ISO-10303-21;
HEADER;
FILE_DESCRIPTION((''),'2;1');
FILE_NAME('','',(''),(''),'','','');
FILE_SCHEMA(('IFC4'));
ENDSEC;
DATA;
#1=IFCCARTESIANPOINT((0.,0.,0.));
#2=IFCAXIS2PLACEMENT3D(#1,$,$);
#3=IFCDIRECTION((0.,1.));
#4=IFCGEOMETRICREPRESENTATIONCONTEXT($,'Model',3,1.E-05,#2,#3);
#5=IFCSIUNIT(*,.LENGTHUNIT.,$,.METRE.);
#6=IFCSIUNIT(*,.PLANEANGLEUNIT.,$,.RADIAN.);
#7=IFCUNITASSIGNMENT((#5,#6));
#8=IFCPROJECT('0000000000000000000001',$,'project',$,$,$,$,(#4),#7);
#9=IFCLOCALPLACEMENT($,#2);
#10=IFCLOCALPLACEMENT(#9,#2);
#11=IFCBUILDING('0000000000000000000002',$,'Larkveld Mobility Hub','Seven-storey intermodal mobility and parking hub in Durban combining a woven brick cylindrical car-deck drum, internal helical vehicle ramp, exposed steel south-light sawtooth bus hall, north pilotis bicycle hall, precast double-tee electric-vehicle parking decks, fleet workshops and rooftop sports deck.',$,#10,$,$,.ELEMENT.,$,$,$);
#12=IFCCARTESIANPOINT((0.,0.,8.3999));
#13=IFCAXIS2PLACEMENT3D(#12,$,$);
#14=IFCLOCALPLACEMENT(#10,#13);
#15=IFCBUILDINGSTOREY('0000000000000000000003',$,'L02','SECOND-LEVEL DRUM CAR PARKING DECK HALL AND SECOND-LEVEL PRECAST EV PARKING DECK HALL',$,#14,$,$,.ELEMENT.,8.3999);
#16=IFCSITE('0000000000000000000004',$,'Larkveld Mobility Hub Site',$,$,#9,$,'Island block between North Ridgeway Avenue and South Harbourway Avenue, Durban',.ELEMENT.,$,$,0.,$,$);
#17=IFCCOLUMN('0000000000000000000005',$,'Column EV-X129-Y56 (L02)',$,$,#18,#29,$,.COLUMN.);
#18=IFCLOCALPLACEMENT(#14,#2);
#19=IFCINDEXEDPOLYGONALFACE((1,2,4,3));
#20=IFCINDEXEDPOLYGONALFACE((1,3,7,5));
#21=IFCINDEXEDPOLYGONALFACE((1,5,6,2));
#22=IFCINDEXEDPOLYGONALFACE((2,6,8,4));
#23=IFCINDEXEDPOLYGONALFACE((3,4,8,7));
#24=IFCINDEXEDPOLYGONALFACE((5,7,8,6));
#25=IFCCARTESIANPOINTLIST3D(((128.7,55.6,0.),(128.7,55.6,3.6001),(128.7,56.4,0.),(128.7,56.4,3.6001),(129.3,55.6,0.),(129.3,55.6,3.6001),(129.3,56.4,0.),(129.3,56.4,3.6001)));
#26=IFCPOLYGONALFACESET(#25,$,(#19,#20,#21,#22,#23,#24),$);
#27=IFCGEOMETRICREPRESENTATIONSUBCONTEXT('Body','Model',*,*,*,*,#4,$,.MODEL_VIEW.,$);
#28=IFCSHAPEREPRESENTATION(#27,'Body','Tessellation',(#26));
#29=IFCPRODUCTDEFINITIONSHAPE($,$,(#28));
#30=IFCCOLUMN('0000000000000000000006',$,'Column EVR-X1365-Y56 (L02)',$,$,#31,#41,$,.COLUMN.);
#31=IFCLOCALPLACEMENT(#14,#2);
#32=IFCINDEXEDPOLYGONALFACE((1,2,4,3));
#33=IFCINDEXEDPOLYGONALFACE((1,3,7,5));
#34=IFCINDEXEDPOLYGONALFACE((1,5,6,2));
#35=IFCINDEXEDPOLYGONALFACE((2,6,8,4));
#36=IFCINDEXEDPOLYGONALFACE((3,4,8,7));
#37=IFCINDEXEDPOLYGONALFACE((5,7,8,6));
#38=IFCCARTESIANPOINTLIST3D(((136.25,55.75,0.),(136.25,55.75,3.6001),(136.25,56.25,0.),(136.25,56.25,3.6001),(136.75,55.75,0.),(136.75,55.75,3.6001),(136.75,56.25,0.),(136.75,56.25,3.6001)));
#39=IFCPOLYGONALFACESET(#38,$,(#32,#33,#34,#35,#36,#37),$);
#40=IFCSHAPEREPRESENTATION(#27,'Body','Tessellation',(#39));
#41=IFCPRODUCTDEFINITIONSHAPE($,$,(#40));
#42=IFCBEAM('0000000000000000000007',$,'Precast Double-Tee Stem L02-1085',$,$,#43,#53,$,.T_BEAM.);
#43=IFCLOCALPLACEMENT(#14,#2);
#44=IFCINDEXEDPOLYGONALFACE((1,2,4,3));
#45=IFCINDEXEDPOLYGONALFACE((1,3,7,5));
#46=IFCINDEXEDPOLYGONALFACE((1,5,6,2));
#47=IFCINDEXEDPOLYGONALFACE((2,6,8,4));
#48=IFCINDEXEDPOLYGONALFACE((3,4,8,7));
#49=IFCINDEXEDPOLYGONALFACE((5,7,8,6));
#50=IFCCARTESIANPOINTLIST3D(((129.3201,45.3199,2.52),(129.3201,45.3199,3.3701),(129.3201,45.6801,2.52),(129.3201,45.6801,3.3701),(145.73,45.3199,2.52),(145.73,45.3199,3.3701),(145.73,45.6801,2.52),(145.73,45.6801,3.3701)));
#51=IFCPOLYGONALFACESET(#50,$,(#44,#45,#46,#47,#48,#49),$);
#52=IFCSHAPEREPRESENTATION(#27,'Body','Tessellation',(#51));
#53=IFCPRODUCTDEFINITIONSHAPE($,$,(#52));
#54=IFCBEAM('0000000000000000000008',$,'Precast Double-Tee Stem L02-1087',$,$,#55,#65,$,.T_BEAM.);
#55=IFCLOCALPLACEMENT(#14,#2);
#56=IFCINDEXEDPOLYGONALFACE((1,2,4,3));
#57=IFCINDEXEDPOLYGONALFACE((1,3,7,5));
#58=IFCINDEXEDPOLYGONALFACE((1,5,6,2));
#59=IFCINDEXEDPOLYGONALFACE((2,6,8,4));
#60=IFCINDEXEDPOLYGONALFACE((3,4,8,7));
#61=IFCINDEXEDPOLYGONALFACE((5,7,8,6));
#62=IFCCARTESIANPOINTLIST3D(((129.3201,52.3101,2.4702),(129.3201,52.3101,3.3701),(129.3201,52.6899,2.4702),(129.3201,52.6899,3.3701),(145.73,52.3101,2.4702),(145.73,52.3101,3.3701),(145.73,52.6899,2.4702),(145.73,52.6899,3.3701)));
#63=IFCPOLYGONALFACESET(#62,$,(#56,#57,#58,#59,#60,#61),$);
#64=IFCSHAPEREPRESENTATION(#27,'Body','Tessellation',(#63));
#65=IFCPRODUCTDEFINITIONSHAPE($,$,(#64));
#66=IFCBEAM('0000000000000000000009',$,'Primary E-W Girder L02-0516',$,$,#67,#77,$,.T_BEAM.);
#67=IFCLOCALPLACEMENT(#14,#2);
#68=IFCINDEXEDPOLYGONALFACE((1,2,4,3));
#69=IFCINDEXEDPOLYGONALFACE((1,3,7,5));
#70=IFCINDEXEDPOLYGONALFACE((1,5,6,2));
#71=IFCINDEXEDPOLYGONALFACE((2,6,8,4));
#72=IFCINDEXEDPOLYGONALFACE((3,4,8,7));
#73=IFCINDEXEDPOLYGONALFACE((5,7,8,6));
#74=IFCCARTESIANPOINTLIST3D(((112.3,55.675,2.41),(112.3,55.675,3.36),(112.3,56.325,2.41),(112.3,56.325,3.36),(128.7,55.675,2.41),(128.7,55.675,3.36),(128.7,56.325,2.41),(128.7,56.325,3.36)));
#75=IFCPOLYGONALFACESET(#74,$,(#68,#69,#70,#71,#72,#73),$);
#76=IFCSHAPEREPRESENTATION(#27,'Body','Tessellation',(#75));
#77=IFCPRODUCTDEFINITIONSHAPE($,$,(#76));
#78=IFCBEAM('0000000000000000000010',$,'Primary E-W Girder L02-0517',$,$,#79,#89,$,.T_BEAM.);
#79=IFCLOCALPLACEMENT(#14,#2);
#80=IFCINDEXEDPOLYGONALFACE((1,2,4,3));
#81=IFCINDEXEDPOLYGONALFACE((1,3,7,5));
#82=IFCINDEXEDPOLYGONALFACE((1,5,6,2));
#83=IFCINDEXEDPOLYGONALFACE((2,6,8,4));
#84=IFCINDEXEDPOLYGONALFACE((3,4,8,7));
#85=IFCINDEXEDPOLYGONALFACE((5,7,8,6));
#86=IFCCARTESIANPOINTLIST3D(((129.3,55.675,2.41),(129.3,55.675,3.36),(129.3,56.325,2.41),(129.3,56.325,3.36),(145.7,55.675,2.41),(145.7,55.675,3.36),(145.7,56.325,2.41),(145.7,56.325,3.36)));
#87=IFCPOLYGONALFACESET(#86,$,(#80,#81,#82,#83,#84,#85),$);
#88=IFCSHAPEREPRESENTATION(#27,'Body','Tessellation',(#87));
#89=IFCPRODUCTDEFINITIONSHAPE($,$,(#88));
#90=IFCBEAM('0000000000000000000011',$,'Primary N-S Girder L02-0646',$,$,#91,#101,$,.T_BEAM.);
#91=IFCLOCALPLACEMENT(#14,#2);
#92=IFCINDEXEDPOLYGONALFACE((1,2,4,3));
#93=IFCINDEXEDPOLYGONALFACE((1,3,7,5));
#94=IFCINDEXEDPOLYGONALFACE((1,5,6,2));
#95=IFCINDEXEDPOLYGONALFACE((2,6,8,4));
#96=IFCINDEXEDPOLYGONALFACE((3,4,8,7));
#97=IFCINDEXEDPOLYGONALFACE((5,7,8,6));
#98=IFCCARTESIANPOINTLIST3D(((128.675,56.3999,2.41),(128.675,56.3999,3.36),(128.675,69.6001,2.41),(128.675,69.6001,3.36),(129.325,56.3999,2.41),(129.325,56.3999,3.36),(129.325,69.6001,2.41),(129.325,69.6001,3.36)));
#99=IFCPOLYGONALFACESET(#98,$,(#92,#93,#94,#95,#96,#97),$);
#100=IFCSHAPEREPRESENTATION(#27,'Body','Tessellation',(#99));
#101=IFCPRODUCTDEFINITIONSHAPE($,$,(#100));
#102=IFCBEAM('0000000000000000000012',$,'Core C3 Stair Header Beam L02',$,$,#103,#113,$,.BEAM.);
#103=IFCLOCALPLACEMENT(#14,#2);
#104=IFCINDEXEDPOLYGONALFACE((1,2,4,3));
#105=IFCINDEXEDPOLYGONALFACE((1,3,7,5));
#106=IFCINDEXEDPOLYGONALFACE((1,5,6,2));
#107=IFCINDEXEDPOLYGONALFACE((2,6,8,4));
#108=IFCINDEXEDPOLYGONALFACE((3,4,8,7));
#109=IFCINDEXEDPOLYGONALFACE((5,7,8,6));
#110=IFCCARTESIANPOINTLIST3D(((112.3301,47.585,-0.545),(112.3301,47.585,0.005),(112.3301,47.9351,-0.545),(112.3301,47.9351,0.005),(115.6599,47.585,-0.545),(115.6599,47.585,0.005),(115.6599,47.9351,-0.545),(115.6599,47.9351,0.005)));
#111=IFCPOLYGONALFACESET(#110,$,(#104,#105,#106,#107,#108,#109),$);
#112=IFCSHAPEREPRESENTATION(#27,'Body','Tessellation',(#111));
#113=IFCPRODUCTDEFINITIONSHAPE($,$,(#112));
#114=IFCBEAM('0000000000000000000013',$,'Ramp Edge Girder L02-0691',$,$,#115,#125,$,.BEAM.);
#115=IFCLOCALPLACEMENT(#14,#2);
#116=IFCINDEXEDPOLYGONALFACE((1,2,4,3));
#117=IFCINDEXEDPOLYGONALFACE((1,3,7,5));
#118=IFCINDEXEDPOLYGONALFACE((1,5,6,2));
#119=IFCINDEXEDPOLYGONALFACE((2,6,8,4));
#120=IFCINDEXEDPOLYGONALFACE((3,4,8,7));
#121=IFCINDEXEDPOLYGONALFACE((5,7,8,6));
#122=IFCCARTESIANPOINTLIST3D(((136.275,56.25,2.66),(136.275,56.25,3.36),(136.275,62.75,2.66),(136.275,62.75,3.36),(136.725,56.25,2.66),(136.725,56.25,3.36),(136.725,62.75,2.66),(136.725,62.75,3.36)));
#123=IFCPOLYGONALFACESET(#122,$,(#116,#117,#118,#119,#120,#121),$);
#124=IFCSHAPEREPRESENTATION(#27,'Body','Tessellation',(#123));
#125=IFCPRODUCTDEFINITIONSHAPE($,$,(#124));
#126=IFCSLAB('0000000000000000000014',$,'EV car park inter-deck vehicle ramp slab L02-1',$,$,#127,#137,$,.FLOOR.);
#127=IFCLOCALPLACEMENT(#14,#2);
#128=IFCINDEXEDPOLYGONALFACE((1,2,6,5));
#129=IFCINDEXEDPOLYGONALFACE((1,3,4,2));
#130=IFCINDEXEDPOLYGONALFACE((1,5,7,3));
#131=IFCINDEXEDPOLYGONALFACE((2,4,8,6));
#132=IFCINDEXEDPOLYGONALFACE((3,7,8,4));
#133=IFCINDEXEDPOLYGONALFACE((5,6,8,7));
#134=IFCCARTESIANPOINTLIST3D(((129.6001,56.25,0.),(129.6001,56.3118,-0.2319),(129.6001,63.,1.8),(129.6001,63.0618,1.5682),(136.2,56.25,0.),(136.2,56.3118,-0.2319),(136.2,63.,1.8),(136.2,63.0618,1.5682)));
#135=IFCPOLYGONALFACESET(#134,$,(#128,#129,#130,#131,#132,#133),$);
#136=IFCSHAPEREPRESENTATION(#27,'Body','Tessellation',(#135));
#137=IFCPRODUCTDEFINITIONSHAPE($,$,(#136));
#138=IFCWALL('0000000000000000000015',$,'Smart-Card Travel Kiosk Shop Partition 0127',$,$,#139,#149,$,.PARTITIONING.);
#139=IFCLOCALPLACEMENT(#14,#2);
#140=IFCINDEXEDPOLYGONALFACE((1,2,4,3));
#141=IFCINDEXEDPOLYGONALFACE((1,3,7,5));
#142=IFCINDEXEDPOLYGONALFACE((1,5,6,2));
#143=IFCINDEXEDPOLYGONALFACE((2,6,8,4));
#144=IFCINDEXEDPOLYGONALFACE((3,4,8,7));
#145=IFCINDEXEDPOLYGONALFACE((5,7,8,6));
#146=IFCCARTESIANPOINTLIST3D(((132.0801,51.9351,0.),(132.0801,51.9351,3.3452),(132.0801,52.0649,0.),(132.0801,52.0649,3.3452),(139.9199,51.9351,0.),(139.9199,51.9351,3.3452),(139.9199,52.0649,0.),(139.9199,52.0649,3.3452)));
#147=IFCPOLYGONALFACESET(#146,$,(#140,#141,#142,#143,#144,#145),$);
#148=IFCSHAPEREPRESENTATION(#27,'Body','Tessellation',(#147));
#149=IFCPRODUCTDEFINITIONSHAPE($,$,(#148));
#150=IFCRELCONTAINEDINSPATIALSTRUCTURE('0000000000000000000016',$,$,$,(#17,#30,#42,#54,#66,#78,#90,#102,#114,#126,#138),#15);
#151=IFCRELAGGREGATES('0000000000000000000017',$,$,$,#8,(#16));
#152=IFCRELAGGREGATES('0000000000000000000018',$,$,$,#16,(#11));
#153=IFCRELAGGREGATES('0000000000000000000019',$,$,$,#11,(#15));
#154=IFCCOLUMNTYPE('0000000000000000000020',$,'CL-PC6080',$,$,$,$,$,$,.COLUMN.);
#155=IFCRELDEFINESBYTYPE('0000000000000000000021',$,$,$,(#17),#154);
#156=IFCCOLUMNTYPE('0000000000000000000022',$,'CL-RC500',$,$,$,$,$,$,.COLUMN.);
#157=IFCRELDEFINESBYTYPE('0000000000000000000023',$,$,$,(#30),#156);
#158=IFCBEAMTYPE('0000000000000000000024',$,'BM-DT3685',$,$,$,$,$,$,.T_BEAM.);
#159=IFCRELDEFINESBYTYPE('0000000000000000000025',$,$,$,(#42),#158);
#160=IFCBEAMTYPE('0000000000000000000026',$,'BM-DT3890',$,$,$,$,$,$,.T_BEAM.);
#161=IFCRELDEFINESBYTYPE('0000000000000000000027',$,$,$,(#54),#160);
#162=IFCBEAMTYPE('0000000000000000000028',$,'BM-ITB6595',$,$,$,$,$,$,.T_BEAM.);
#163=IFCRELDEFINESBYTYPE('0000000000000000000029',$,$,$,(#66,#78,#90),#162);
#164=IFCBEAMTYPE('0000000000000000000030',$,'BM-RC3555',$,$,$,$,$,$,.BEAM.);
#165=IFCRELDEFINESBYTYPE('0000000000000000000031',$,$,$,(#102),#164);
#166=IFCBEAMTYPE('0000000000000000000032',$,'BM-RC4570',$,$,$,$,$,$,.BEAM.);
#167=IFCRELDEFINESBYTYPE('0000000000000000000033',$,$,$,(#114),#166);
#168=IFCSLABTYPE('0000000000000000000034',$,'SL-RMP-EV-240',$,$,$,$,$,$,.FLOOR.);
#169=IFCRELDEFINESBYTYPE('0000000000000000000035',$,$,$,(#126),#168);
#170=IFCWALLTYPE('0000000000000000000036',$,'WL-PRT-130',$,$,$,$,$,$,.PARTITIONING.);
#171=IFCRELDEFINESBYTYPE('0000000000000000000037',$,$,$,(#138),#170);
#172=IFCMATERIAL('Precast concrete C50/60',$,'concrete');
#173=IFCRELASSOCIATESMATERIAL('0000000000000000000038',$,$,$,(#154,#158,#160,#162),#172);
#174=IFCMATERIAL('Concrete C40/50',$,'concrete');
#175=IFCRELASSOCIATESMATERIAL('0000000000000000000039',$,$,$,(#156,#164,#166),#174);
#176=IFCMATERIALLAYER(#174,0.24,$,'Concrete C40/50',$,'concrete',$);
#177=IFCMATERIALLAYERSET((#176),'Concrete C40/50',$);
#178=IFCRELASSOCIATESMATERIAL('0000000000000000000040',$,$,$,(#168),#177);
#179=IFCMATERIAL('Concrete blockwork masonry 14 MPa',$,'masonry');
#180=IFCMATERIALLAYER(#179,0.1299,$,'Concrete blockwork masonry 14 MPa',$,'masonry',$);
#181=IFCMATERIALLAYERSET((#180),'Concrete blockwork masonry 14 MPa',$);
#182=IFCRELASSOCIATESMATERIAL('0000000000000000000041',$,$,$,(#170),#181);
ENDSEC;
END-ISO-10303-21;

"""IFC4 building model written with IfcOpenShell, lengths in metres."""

from ifc_helpers import new_model, si_unit, direction, frame, frame_2d, origin, origin_2d, place, context, subcontext, project, spatial, polyline, rectangle, outline, extrude, material, layer, layer_set, material_profile, profile_set, type_object, element, save


model = new_model("IFC4")

# Units and contexts
model_context = context("Model", 3, precision=1e-05, world=origin(), true_north=direction((0.0, 1.0)))
body_context = subcontext(model_context, "Body", "Model", "MODEL_VIEW")
ifc_project = project(units=[si_unit("LENGTHUNIT", "METRE"), si_unit("PLANEANGLEUNIT", "RADIAN")], contexts=[model_context])

# Site, building, storey
site_placement = place(None, origin())
site = spatial("IfcSite", under=ifc_project, at=site_placement, Name="Larkveld Mobility Hub Site", LongName="Island block between North Ridgeway Avenue and South Harbourway Avenue, Durban", CompositionType="ELEMENT", RefElevation=0.0)
building_placement = place(site_placement, origin())
building = spatial("IfcBuilding", under=site, at=building_placement, Name="Larkveld Mobility Hub", Description="Seven-storey intermodal mobility and parking hub in Durban combining a woven brick cylindrical car-deck drum, internal helical vehicle ramp, exposed steel south-light sawtooth bus hall, north pilotis bicycle hall, precast double-tee electric-vehicle parking decks, fleet workshops and rooftop sports deck.", CompositionType="ELEMENT")
storey_placement = place(building_placement, frame((0.0, 0.0, 8.3999)))
storey = spatial("IfcBuildingStorey", under=building, at=storey_placement, Name="L02", Description="SECOND-LEVEL DRUM CAR PARKING DECK HALL AND SECOND-LEVEL PRECAST EV PARKING DECK HALL", CompositionType="ELEMENT", Elevation=8.3999)

# Columns
ifc_material_1 = material(Name="Precast concrete C50/60", Category="concrete")
ifc_material_profile_1 = material_profile(ifc_material_1, rectangle(XDim=0.6001, YDim=0.8, at=origin_2d()), Name="RC COL 600x800")
ifc_profile_set_1 = profile_set([ifc_material_profile_1], Name="Precast concrete C50/60")
column_type_1 = type_object("IfcColumnType", Name="CL-PC6080", PredefinedType="COLUMN", material=ifc_profile_set_1)
column_1_placement = place(storey_placement, frame((129.0, 56.0, 0.0), z_axis=(0.0, 0.0, 1.0), x_axis=(1.0, 0.0, 0.0)))
element("IfcColumn", 1, at=column_1_placement, inside=storey, type_object=column_type_1, Name="Column EV-X129-Y56 (L02)", PredefinedType="COLUMN", context=body_context, shape_type="SweptSolid", body=[
    extrude(rectangle(XDim=0.6001, YDim=0.8, at=origin_2d()), origin(), (0.0, 0.0, 1.0), 3.6001),
])
ifc_material_2 = material(Name="Concrete C40/50", Category="concrete")
ifc_material_profile_2 = material_profile(ifc_material_2, rectangle(XDim=0.5, YDim=0.5, at=origin_2d()), Name="RC COL 500x500")
ifc_profile_set_2 = profile_set([ifc_material_profile_2], Name="Concrete C40/50")
column_type_2 = type_object("IfcColumnType", Name="CL-RC500", PredefinedType="COLUMN", material=ifc_profile_set_2)
column_2_placement = place(storey_placement, frame((136.5, 56.0, 0.0), z_axis=(0.0, 0.0, 1.0), x_axis=(1.0, 0.0, 0.0)))
element("IfcColumn", 2, at=column_2_placement, inside=storey, type_object=column_type_2, Name="Column EVR-X1365-Y56 (L02)", PredefinedType="COLUMN", context=body_context, shape_type="SweptSolid", body=[
    extrude(rectangle(XDim=0.5, YDim=0.5, at=origin_2d()), origin(), (0.0, 0.0, 1.0), 3.6001),
])

# Beams
ifc_material_profile_3 = material_profile(ifc_material_1, rectangle(XDim=0.3601, YDim=0.8501, at=origin_2d()), Name="PC DT 360x850")
ifc_profile_set_3 = profile_set([ifc_material_profile_3], Name="Precast concrete C50/60")
beam_type_1 = type_object("IfcBeamType", Name="BM-DT3685", PredefinedType="T_BEAM", material=ifc_profile_set_3)
beam_1_placement = place(storey_placement, frame((129.3201, 45.5, 2.9451), z_axis=(1.0, 0.0, 0.0), x_axis=(0.0, 1.0, 0.0)))
element("IfcBeam", 3, at=beam_1_placement, inside=storey, type_object=beam_type_1, Name="Precast Double-Tee Stem L02-1085", PredefinedType="T_BEAM", context=body_context, shape_type="SweptSolid", body=[
    extrude(rectangle(XDim=0.3601, YDim=0.8501, at=origin_2d()), origin(), (0.0, 0.0, 1.0), 16.4099),
])
ifc_material_profile_4 = material_profile(ifc_material_1, rectangle(XDim=0.3799, YDim=0.8999, at=origin_2d()), Name="PC DT 380x900")
ifc_profile_set_4 = profile_set([ifc_material_profile_4], Name="Precast concrete C50/60")
beam_type_2 = type_object("IfcBeamType", Name="BM-DT3890", PredefinedType="T_BEAM", material=ifc_profile_set_4)
beam_2_placement = place(storey_placement, frame((129.3201, 52.5, 2.9202), z_axis=(1.0, 0.0, 0.0), x_axis=(0.0, 1.0, 0.0)))
element("IfcBeam", 4, at=beam_2_placement, inside=storey, type_object=beam_type_2, Name="Precast Double-Tee Stem L02-1087", PredefinedType="T_BEAM", context=body_context, shape_type="SweptSolid", body=[
    extrude(rectangle(XDim=0.3799, YDim=0.8999, at=origin_2d()), origin(), (0.0, 0.0, 1.0), 16.4099),
])
ifc_material_profile_5 = material_profile(ifc_material_1, rectangle(XDim=0.6499, YDim=0.95, at=origin_2d()), Name="PC ITB 650x950")
ifc_profile_set_5 = profile_set([ifc_material_profile_5], Name="Precast concrete C50/60")
beam_type_3 = type_object("IfcBeamType", Name="BM-ITB6595", PredefinedType="T_BEAM", material=ifc_profile_set_5)
for number, where, z_axis, x_axis, name in (
    (5, (112.3, 56.0, 2.885), (1.0, 0.0, 0.0), (0.0, 1.0, 0.0), "Primary E-W Girder L02-0516"),
    (6, (129.3, 56.0, 2.885), (1.0, 0.0, 0.0), (0.0, 1.0, 0.0), "Primary E-W Girder L02-0517"),
):
    element("IfcBeam", number, at=place(storey_placement, frame(where, z_axis=z_axis, x_axis=x_axis)), inside=storey, type_object=beam_type_3, Name=name, PredefinedType="T_BEAM", context=body_context, shape_type="SweptSolid", body=[
        extrude(rectangle(XDim=0.6499, YDim=0.95, at=origin_2d()), origin(), (0.0, 0.0, 1.0), 16.3999),
    ])
beam_3_placement = place(storey_placement, frame((129.0, 56.3999, 2.885), z_axis=(0.0, 1.0, 0.0), x_axis=(-1.0, 0.0, 0.0)))
element("IfcBeam", 7, at=beam_3_placement, inside=storey, type_object=beam_type_3, Name="Primary N-S Girder L02-0646", PredefinedType="T_BEAM", context=body_context, shape_type="SweptSolid", body=[
    extrude(rectangle(XDim=0.6499, YDim=0.95, at=origin_2d()), origin(), (0.0, 0.0, 1.0), 13.2002),
])
ifc_material_profile_6 = material_profile(ifc_material_2, rectangle(XDim=0.3501, YDim=0.55, at=origin_2d()), Name="RC BM 350x550")
ifc_profile_set_6 = profile_set([ifc_material_profile_6], Name="Concrete C40/50")
beam_type_4 = type_object("IfcBeamType", Name="BM-RC3555", PredefinedType="BEAM", material=ifc_profile_set_6)
beam_4_placement = place(storey_placement, frame((112.3301, 47.76, -0.27), z_axis=(1.0, 0.0, 0.0), x_axis=(0.0, 1.0, 0.0)))
element("IfcBeam", 8, at=beam_4_placement, inside=storey, type_object=beam_type_4, Name="Core C3 Stair Header Beam L02", PredefinedType="BEAM", context=body_context, shape_type="SweptSolid", body=[
    extrude(rectangle(XDim=0.3501, YDim=0.55, at=origin_2d()), origin(), (0.0, 0.0, 1.0), 3.3298),
])
ifc_material_profile_7 = material_profile(ifc_material_2, rectangle(XDim=0.45, YDim=0.7, at=origin_2d()), Name="RC BM 450x700")
ifc_profile_set_7 = profile_set([ifc_material_profile_7], Name="Concrete C40/50")
beam_type_5 = type_object("IfcBeamType", Name="BM-RC4570", PredefinedType="BEAM", material=ifc_profile_set_7)
beam_5_placement = place(storey_placement, frame((136.5, 56.25, 3.01), z_axis=(0.0, 1.0, 0.0), x_axis=(-1.0, 0.0, 0.0)))
element("IfcBeam", 9, at=beam_5_placement, inside=storey, type_object=beam_type_5, Name="Ramp Edge Girder L02-0691", PredefinedType="BEAM", context=body_context, shape_type="SweptSolid", body=[
    extrude(rectangle(XDim=0.45, YDim=0.7, at=origin_2d()), origin(), (0.0, 0.0, 1.0), 6.5),
])

# Slab
ifc_layer_1 = layer(ifc_material_2, 0.24, Name="Concrete C40/50", Category="concrete")
ifc_layer_set_1 = layer_set([ifc_layer_1], Name="Concrete C40/50")
slab_type = type_object("IfcSlabType", Name="SL-RMP-EV-240", PredefinedType="FLOOR", material=ifc_layer_set_1)
slab_placement = place(storey_placement, frame((129.6001, 56.25, 0.0), z_axis=(0.0, -0.257669, 0.966233), x_axis=(1.0, 0.0, 0.0)))
element("IfcSlab", 10, at=slab_placement, inside=storey, type_object=slab_type, Name="EV car park inter-deck vehicle ramp slab L02-1", PredefinedType="FLOOR", context=body_context, shape_type="SweptSolid", body=[
    extrude(outline(polyline([(0.0, 0.0), (6.5999, 0.0), (6.5999, 6.9859), (0.0, 6.9859), (0.0, 0.0)])), origin(), (0.0, 0.0, -1.0), 0.24),
])

# Wall
ifc_material_3 = material(Name="Concrete blockwork masonry 14 MPa", Category="masonry")
ifc_layer_2 = layer(ifc_material_3, 0.1299, Name="Concrete blockwork masonry 14 MPa", Category="masonry")
ifc_layer_set_2 = layer_set([ifc_layer_2], Name="Concrete blockwork masonry 14 MPa")
wall_type_1 = type_object("IfcWallType", Name="WL-PRT-130", PredefinedType="PARTITIONING", material=ifc_layer_set_2)
wall_1_placement = place(storey_placement, frame((132.0801, 52.0, 0.0), z_axis=(0.0, 0.0, 1.0), x_axis=(1.0, 0.0, 0.0)))
element("IfcWall", 11, at=wall_1_placement, inside=storey, type_object=wall_type_1, Name="Smart-Card Travel Kiosk Shop Partition 0127", PredefinedType="PARTITIONING", context=body_context, shape_type="SweptSolid", body=[
    extrude(rectangle(XDim=7.8398, YDim=0.1299, at=frame_2d((3.9199, 0.0))), origin(), (0.0, 0.0, 1.0), 3.3452),
])

save(model, "model.ifc")
